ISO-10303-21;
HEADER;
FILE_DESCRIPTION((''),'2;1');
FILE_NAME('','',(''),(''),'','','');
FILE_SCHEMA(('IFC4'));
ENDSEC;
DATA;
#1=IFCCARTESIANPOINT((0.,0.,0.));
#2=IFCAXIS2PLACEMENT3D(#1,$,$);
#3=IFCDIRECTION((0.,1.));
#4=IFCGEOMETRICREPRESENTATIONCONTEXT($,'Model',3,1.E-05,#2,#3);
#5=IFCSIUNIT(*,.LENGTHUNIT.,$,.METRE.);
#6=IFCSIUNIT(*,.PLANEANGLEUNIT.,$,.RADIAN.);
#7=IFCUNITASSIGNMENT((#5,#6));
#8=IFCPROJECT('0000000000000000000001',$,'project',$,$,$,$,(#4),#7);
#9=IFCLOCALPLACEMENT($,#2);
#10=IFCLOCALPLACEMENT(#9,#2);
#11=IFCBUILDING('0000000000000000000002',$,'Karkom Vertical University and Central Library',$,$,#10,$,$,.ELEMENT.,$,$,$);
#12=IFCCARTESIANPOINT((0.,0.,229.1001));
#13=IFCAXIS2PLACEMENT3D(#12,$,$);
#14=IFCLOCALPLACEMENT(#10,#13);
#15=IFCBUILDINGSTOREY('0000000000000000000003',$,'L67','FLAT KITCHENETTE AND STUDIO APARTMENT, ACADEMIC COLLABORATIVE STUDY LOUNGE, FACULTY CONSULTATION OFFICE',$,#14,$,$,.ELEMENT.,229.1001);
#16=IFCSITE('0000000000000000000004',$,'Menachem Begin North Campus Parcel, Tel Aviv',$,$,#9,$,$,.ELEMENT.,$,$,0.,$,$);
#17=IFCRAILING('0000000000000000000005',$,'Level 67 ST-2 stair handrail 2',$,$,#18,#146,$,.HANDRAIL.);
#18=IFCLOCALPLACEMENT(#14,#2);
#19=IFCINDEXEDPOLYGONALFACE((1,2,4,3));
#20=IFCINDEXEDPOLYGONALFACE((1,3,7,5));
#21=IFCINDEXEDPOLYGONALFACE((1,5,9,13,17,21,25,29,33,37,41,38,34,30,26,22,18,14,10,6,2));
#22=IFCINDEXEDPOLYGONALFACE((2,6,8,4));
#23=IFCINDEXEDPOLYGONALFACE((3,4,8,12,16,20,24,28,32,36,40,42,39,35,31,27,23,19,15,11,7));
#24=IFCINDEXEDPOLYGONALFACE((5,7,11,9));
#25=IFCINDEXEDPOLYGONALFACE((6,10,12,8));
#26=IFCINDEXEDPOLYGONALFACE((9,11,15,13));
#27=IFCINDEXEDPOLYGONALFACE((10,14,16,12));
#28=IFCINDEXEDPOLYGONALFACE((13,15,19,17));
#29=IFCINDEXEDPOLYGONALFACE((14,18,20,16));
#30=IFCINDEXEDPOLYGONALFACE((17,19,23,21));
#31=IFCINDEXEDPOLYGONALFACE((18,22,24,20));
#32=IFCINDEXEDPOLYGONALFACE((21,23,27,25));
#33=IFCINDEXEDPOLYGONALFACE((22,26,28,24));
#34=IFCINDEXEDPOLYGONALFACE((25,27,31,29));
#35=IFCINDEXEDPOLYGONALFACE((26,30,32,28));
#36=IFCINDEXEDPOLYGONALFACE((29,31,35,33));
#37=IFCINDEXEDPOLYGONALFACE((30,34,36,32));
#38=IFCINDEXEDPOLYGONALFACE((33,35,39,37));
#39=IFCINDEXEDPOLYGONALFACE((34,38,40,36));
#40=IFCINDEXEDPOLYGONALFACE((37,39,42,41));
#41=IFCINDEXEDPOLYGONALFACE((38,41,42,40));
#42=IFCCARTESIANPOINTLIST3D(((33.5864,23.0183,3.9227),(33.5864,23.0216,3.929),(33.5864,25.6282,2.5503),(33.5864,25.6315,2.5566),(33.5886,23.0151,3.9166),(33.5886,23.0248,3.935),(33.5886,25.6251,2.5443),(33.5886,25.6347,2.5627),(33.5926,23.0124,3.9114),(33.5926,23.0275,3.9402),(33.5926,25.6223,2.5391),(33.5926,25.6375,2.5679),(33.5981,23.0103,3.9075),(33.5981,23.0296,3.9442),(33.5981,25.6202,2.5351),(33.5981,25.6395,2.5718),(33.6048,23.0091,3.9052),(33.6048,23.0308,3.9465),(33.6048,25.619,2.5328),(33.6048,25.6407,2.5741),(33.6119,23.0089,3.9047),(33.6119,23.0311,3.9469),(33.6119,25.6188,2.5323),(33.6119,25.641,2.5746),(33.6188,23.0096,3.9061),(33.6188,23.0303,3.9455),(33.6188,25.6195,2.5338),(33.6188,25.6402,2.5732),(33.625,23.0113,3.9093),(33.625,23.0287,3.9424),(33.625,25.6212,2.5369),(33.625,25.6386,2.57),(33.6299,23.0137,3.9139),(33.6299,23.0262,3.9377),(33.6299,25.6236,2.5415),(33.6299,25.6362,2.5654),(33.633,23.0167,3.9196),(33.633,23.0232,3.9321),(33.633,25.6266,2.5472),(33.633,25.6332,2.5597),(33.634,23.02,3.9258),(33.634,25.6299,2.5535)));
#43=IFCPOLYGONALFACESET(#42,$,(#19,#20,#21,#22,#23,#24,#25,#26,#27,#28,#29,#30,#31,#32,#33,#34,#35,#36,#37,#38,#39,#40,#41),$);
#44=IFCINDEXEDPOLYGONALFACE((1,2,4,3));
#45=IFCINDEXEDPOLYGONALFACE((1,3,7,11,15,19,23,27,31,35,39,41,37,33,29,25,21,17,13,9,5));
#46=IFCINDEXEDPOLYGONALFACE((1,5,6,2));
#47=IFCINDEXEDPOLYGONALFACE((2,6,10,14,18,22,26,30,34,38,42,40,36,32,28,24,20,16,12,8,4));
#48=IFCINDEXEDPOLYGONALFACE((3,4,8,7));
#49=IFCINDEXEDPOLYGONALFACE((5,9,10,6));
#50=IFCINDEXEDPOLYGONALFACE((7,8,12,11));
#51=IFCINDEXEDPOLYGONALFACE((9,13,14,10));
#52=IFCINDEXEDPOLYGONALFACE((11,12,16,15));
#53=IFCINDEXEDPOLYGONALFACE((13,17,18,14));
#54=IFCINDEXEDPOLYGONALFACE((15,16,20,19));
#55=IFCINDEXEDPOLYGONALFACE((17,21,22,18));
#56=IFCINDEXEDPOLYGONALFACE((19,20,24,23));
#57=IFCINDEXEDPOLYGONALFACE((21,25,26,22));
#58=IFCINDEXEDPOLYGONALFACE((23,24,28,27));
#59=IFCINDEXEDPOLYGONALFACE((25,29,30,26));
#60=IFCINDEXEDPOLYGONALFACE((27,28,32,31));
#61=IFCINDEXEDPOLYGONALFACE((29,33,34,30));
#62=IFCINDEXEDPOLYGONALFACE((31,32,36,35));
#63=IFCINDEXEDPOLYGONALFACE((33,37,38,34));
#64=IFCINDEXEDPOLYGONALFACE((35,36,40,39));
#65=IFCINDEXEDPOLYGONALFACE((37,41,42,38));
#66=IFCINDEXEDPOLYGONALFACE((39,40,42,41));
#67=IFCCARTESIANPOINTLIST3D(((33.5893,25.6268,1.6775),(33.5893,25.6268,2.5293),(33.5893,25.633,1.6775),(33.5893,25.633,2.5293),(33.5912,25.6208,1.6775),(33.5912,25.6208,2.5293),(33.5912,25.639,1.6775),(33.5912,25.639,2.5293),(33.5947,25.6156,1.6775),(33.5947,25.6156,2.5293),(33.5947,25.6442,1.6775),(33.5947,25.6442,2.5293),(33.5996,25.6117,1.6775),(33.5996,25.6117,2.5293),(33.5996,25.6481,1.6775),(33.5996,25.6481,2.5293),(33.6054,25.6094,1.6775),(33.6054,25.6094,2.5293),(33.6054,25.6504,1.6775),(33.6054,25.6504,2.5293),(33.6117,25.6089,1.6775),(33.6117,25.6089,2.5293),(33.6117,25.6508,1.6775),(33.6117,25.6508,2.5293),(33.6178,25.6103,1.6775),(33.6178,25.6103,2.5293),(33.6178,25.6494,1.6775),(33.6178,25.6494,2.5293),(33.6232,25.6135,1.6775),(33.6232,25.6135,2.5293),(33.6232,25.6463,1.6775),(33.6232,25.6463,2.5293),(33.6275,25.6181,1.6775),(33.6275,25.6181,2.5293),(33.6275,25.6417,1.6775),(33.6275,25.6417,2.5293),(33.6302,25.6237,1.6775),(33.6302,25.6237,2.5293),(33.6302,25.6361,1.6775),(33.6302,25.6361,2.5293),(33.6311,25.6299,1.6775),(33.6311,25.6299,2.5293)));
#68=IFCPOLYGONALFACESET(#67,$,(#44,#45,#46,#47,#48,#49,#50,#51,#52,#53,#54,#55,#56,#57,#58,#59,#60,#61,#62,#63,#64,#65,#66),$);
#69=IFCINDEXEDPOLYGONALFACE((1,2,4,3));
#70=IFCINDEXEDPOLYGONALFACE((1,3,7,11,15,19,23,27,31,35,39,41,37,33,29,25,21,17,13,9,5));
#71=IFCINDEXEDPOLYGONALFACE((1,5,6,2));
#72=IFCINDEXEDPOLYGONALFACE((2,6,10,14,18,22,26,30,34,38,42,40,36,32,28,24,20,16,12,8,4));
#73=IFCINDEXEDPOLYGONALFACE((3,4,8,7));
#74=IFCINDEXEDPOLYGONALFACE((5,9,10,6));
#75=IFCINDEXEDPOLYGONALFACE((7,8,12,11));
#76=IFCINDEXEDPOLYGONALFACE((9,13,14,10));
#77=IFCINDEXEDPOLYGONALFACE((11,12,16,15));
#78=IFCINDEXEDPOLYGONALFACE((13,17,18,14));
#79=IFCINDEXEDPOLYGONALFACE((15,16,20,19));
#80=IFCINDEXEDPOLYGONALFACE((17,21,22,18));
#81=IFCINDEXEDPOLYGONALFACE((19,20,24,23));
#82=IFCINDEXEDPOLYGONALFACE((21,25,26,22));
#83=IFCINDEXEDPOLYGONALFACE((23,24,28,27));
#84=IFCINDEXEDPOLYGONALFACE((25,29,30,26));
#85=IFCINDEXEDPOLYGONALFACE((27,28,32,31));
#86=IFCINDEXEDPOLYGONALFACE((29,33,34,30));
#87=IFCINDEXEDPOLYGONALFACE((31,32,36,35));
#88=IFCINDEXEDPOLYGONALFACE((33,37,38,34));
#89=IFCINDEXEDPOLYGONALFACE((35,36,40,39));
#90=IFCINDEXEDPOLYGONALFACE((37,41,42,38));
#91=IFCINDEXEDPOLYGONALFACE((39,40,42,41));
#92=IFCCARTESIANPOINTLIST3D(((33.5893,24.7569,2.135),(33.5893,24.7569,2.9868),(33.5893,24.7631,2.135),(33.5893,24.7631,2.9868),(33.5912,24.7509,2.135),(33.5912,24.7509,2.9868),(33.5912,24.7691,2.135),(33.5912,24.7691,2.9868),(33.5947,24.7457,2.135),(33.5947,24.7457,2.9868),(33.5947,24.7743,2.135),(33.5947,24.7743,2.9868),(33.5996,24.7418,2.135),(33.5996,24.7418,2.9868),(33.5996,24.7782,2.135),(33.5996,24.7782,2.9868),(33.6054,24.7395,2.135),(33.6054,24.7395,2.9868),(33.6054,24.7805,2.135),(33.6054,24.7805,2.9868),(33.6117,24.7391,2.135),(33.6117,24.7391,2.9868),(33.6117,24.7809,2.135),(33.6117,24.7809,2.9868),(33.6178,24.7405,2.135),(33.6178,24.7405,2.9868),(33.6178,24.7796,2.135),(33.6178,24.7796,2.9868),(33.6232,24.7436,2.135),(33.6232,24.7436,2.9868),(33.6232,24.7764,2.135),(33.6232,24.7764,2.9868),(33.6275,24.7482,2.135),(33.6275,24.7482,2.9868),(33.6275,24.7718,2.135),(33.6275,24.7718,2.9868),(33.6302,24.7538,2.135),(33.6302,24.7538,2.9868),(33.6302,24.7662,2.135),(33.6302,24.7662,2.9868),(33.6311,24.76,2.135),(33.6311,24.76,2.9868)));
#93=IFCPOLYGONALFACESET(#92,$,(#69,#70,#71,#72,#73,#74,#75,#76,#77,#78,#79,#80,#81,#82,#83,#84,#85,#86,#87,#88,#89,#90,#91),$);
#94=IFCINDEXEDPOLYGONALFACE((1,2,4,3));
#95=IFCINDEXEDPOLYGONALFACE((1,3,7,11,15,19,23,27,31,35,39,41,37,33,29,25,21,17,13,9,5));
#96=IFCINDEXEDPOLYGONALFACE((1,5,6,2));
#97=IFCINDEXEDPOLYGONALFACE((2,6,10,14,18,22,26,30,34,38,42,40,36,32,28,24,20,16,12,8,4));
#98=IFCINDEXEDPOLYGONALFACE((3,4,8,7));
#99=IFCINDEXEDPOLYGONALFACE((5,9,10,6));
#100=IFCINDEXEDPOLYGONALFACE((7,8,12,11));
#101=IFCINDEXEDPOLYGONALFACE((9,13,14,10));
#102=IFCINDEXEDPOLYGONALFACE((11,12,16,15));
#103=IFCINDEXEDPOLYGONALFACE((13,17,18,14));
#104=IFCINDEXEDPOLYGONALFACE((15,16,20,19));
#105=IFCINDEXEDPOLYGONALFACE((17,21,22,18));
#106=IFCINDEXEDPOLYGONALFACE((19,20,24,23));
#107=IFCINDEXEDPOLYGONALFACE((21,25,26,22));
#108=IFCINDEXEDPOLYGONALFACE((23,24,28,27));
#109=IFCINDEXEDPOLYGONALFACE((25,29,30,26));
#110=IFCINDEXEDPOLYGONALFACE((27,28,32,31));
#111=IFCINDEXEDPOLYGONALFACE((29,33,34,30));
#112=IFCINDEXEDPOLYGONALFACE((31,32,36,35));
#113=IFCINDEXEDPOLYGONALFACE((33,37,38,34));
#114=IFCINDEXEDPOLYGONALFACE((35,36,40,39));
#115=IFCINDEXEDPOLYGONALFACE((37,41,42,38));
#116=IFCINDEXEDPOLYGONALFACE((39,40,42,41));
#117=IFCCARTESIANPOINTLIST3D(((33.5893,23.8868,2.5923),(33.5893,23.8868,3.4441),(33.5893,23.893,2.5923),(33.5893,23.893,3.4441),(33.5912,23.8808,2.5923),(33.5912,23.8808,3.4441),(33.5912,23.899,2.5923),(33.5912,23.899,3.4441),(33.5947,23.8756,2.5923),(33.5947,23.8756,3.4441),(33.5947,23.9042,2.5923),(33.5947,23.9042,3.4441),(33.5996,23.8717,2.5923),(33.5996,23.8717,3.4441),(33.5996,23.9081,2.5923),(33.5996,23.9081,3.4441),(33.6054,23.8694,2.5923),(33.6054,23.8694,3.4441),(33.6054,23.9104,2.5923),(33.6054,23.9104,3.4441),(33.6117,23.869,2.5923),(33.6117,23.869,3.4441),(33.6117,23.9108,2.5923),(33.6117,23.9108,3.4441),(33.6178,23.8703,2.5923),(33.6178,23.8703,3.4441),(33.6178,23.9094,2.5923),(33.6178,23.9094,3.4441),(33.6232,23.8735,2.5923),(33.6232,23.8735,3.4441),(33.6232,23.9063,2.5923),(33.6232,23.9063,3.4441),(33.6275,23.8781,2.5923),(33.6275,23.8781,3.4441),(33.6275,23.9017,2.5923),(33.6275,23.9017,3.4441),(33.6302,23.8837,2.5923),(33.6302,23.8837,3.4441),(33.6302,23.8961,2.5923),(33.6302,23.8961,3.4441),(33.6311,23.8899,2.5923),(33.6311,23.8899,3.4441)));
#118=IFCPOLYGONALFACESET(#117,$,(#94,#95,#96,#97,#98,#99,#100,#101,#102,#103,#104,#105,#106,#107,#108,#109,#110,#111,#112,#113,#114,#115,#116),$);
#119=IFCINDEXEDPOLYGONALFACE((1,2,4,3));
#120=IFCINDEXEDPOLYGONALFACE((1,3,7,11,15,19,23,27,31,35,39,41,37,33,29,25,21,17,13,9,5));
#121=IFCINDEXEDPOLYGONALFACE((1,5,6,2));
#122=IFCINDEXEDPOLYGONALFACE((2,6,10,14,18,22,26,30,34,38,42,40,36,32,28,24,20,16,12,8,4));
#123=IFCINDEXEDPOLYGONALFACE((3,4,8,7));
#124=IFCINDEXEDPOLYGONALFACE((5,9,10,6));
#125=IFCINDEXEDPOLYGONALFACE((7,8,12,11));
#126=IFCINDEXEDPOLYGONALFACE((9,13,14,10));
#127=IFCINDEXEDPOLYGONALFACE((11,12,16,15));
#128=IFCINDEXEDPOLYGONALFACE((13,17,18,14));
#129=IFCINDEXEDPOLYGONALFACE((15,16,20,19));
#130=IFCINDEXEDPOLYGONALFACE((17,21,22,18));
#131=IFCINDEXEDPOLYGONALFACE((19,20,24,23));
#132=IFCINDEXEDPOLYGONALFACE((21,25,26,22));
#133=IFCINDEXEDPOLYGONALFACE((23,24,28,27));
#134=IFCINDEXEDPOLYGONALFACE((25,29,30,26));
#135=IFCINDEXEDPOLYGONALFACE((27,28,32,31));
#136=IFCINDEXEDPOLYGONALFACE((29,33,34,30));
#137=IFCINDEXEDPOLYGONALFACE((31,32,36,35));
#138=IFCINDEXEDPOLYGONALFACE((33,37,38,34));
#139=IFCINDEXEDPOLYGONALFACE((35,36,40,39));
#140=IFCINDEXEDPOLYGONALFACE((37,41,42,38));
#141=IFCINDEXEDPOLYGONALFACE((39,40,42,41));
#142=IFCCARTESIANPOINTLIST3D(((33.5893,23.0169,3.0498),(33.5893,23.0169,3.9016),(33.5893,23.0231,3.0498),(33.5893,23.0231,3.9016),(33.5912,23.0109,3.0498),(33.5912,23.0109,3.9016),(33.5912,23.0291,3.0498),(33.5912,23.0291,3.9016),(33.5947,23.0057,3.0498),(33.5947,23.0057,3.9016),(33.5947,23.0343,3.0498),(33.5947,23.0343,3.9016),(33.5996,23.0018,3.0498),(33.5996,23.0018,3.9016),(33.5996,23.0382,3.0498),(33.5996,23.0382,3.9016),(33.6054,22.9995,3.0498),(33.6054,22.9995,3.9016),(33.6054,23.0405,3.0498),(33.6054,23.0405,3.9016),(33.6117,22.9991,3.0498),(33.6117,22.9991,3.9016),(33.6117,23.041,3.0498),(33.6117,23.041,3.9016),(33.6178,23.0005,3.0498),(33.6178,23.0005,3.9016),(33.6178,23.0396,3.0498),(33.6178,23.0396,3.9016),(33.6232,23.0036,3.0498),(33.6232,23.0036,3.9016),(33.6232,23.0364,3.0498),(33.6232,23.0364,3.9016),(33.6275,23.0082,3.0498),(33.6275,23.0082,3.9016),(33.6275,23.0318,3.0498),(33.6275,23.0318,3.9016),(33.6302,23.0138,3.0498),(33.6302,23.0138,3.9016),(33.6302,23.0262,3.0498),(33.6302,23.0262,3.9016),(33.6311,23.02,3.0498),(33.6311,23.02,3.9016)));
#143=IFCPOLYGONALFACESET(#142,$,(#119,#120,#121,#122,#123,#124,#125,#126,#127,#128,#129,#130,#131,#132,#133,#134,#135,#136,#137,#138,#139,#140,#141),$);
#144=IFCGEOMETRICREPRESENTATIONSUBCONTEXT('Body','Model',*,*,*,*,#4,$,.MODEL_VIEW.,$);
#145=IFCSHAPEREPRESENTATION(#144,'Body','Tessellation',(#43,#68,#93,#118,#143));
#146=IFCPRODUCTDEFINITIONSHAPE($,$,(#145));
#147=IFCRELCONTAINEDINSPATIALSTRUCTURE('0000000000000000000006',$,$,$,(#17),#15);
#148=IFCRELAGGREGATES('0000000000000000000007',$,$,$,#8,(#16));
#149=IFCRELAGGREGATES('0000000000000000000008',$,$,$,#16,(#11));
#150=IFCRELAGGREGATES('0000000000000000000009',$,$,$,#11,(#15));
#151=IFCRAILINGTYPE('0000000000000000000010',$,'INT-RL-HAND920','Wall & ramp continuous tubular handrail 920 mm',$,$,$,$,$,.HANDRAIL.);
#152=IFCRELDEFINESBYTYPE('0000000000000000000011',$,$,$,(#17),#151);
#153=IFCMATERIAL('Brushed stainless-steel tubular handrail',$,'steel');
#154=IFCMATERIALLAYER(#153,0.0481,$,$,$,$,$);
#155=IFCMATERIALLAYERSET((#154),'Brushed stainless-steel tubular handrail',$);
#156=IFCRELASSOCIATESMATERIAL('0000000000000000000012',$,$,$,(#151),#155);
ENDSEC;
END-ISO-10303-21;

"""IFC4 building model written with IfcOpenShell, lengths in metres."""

from ifc_helpers import new_model, si_unit, direction, frame, origin, origin_2d, place, context, subcontext, project, spatial, circle, extrude, material, layer, layer_set, type_object, element, save


model = new_model("IFC4")

# Units and contexts
model_context = context("Model", 3, precision=1e-05, world=origin(), true_north=direction((0.0, 1.0)))
body_context = subcontext(model_context, "Body", "Model", "MODEL_VIEW")
ifc_project = project(units=[si_unit("LENGTHUNIT", "METRE"), si_unit("PLANEANGLEUNIT", "RADIAN")], contexts=[model_context])

# Site, building, storey
site_placement = place(None, origin())
site = spatial("IfcSite", under=ifc_project, at=site_placement, Name="Menachem Begin North Campus Parcel, Tel Aviv", CompositionType="ELEMENT", RefElevation=0.0)
building_placement = place(site_placement, origin())
building = spatial("IfcBuilding", under=site, at=building_placement, Name="Karkom Vertical University and Central Library", CompositionType="ELEMENT")
storey_placement = place(building_placement, frame((0.0, 0.0, 229.1001)))
storey = spatial("IfcBuildingStorey", under=building, at=storey_placement, Name="L67", Description="FLAT KITCHENETTE AND STUDIO APARTMENT, ACADEMIC COLLABORATIVE STUDY LOUNGE, FACULTY CONSULTATION OFFICE", CompositionType="ELEMENT", Elevation=229.1001)

# Railing
ifc_material_1 = material(Name="Brushed stainless-steel tubular handrail", Category="steel")
ifc_layer_1 = layer(ifc_material_1, 0.0481)
ifc_layer_set_1 = layer_set([ifc_layer_1], Name="Brushed stainless-steel tubular handrail")
railing_type_1 = type_object("IfcRailingType", Name="INT-RL-HAND920", Description="Wall & ramp continuous tubular handrail 920 mm", PredefinedType="HANDRAIL", material=ifc_layer_set_1)
railing_1_placement = place(storey_placement, frame((33.6101, 25.6299, 1.6775)))
element("IfcRailing", 1, at=railing_1_placement, inside=storey, type_object=railing_type_1, Name="Level 67 ST-2 stair handrail 2", PredefinedType="HANDRAIL", context=body_context, shape_type="SweptSolid", body=[
    extrude(circle(Radius=0.0239, at=origin_2d()), frame((0.0, 0.0, 0.876), z_axis=(0.0, -0.8851, 0.465402), x_axis=(1.0, 0.0, 0.0)), (0.0, 0.0, 1.0), 2.9487),
    extrude(circle(Radius=0.021, at=origin_2d()), origin(), (0.0, 0.0, 1.0), 0.8518),
    extrude(circle(Radius=0.021, at=origin_2d()), frame((0.0, -0.8699, 0.4575)), (0.0, 0.0, 1.0), 0.8518),
    extrude(circle(Radius=0.021, at=origin_2d()), frame((0.0, -1.74, 0.9148)), (0.0, 0.0, 1.0), 0.8518),
    extrude(circle(Radius=0.021, at=origin_2d()), frame((0.0, -2.6099, 1.3723)), (0.0, 0.0, 1.0), 0.8518),
])

save(model, "model.ifc")
